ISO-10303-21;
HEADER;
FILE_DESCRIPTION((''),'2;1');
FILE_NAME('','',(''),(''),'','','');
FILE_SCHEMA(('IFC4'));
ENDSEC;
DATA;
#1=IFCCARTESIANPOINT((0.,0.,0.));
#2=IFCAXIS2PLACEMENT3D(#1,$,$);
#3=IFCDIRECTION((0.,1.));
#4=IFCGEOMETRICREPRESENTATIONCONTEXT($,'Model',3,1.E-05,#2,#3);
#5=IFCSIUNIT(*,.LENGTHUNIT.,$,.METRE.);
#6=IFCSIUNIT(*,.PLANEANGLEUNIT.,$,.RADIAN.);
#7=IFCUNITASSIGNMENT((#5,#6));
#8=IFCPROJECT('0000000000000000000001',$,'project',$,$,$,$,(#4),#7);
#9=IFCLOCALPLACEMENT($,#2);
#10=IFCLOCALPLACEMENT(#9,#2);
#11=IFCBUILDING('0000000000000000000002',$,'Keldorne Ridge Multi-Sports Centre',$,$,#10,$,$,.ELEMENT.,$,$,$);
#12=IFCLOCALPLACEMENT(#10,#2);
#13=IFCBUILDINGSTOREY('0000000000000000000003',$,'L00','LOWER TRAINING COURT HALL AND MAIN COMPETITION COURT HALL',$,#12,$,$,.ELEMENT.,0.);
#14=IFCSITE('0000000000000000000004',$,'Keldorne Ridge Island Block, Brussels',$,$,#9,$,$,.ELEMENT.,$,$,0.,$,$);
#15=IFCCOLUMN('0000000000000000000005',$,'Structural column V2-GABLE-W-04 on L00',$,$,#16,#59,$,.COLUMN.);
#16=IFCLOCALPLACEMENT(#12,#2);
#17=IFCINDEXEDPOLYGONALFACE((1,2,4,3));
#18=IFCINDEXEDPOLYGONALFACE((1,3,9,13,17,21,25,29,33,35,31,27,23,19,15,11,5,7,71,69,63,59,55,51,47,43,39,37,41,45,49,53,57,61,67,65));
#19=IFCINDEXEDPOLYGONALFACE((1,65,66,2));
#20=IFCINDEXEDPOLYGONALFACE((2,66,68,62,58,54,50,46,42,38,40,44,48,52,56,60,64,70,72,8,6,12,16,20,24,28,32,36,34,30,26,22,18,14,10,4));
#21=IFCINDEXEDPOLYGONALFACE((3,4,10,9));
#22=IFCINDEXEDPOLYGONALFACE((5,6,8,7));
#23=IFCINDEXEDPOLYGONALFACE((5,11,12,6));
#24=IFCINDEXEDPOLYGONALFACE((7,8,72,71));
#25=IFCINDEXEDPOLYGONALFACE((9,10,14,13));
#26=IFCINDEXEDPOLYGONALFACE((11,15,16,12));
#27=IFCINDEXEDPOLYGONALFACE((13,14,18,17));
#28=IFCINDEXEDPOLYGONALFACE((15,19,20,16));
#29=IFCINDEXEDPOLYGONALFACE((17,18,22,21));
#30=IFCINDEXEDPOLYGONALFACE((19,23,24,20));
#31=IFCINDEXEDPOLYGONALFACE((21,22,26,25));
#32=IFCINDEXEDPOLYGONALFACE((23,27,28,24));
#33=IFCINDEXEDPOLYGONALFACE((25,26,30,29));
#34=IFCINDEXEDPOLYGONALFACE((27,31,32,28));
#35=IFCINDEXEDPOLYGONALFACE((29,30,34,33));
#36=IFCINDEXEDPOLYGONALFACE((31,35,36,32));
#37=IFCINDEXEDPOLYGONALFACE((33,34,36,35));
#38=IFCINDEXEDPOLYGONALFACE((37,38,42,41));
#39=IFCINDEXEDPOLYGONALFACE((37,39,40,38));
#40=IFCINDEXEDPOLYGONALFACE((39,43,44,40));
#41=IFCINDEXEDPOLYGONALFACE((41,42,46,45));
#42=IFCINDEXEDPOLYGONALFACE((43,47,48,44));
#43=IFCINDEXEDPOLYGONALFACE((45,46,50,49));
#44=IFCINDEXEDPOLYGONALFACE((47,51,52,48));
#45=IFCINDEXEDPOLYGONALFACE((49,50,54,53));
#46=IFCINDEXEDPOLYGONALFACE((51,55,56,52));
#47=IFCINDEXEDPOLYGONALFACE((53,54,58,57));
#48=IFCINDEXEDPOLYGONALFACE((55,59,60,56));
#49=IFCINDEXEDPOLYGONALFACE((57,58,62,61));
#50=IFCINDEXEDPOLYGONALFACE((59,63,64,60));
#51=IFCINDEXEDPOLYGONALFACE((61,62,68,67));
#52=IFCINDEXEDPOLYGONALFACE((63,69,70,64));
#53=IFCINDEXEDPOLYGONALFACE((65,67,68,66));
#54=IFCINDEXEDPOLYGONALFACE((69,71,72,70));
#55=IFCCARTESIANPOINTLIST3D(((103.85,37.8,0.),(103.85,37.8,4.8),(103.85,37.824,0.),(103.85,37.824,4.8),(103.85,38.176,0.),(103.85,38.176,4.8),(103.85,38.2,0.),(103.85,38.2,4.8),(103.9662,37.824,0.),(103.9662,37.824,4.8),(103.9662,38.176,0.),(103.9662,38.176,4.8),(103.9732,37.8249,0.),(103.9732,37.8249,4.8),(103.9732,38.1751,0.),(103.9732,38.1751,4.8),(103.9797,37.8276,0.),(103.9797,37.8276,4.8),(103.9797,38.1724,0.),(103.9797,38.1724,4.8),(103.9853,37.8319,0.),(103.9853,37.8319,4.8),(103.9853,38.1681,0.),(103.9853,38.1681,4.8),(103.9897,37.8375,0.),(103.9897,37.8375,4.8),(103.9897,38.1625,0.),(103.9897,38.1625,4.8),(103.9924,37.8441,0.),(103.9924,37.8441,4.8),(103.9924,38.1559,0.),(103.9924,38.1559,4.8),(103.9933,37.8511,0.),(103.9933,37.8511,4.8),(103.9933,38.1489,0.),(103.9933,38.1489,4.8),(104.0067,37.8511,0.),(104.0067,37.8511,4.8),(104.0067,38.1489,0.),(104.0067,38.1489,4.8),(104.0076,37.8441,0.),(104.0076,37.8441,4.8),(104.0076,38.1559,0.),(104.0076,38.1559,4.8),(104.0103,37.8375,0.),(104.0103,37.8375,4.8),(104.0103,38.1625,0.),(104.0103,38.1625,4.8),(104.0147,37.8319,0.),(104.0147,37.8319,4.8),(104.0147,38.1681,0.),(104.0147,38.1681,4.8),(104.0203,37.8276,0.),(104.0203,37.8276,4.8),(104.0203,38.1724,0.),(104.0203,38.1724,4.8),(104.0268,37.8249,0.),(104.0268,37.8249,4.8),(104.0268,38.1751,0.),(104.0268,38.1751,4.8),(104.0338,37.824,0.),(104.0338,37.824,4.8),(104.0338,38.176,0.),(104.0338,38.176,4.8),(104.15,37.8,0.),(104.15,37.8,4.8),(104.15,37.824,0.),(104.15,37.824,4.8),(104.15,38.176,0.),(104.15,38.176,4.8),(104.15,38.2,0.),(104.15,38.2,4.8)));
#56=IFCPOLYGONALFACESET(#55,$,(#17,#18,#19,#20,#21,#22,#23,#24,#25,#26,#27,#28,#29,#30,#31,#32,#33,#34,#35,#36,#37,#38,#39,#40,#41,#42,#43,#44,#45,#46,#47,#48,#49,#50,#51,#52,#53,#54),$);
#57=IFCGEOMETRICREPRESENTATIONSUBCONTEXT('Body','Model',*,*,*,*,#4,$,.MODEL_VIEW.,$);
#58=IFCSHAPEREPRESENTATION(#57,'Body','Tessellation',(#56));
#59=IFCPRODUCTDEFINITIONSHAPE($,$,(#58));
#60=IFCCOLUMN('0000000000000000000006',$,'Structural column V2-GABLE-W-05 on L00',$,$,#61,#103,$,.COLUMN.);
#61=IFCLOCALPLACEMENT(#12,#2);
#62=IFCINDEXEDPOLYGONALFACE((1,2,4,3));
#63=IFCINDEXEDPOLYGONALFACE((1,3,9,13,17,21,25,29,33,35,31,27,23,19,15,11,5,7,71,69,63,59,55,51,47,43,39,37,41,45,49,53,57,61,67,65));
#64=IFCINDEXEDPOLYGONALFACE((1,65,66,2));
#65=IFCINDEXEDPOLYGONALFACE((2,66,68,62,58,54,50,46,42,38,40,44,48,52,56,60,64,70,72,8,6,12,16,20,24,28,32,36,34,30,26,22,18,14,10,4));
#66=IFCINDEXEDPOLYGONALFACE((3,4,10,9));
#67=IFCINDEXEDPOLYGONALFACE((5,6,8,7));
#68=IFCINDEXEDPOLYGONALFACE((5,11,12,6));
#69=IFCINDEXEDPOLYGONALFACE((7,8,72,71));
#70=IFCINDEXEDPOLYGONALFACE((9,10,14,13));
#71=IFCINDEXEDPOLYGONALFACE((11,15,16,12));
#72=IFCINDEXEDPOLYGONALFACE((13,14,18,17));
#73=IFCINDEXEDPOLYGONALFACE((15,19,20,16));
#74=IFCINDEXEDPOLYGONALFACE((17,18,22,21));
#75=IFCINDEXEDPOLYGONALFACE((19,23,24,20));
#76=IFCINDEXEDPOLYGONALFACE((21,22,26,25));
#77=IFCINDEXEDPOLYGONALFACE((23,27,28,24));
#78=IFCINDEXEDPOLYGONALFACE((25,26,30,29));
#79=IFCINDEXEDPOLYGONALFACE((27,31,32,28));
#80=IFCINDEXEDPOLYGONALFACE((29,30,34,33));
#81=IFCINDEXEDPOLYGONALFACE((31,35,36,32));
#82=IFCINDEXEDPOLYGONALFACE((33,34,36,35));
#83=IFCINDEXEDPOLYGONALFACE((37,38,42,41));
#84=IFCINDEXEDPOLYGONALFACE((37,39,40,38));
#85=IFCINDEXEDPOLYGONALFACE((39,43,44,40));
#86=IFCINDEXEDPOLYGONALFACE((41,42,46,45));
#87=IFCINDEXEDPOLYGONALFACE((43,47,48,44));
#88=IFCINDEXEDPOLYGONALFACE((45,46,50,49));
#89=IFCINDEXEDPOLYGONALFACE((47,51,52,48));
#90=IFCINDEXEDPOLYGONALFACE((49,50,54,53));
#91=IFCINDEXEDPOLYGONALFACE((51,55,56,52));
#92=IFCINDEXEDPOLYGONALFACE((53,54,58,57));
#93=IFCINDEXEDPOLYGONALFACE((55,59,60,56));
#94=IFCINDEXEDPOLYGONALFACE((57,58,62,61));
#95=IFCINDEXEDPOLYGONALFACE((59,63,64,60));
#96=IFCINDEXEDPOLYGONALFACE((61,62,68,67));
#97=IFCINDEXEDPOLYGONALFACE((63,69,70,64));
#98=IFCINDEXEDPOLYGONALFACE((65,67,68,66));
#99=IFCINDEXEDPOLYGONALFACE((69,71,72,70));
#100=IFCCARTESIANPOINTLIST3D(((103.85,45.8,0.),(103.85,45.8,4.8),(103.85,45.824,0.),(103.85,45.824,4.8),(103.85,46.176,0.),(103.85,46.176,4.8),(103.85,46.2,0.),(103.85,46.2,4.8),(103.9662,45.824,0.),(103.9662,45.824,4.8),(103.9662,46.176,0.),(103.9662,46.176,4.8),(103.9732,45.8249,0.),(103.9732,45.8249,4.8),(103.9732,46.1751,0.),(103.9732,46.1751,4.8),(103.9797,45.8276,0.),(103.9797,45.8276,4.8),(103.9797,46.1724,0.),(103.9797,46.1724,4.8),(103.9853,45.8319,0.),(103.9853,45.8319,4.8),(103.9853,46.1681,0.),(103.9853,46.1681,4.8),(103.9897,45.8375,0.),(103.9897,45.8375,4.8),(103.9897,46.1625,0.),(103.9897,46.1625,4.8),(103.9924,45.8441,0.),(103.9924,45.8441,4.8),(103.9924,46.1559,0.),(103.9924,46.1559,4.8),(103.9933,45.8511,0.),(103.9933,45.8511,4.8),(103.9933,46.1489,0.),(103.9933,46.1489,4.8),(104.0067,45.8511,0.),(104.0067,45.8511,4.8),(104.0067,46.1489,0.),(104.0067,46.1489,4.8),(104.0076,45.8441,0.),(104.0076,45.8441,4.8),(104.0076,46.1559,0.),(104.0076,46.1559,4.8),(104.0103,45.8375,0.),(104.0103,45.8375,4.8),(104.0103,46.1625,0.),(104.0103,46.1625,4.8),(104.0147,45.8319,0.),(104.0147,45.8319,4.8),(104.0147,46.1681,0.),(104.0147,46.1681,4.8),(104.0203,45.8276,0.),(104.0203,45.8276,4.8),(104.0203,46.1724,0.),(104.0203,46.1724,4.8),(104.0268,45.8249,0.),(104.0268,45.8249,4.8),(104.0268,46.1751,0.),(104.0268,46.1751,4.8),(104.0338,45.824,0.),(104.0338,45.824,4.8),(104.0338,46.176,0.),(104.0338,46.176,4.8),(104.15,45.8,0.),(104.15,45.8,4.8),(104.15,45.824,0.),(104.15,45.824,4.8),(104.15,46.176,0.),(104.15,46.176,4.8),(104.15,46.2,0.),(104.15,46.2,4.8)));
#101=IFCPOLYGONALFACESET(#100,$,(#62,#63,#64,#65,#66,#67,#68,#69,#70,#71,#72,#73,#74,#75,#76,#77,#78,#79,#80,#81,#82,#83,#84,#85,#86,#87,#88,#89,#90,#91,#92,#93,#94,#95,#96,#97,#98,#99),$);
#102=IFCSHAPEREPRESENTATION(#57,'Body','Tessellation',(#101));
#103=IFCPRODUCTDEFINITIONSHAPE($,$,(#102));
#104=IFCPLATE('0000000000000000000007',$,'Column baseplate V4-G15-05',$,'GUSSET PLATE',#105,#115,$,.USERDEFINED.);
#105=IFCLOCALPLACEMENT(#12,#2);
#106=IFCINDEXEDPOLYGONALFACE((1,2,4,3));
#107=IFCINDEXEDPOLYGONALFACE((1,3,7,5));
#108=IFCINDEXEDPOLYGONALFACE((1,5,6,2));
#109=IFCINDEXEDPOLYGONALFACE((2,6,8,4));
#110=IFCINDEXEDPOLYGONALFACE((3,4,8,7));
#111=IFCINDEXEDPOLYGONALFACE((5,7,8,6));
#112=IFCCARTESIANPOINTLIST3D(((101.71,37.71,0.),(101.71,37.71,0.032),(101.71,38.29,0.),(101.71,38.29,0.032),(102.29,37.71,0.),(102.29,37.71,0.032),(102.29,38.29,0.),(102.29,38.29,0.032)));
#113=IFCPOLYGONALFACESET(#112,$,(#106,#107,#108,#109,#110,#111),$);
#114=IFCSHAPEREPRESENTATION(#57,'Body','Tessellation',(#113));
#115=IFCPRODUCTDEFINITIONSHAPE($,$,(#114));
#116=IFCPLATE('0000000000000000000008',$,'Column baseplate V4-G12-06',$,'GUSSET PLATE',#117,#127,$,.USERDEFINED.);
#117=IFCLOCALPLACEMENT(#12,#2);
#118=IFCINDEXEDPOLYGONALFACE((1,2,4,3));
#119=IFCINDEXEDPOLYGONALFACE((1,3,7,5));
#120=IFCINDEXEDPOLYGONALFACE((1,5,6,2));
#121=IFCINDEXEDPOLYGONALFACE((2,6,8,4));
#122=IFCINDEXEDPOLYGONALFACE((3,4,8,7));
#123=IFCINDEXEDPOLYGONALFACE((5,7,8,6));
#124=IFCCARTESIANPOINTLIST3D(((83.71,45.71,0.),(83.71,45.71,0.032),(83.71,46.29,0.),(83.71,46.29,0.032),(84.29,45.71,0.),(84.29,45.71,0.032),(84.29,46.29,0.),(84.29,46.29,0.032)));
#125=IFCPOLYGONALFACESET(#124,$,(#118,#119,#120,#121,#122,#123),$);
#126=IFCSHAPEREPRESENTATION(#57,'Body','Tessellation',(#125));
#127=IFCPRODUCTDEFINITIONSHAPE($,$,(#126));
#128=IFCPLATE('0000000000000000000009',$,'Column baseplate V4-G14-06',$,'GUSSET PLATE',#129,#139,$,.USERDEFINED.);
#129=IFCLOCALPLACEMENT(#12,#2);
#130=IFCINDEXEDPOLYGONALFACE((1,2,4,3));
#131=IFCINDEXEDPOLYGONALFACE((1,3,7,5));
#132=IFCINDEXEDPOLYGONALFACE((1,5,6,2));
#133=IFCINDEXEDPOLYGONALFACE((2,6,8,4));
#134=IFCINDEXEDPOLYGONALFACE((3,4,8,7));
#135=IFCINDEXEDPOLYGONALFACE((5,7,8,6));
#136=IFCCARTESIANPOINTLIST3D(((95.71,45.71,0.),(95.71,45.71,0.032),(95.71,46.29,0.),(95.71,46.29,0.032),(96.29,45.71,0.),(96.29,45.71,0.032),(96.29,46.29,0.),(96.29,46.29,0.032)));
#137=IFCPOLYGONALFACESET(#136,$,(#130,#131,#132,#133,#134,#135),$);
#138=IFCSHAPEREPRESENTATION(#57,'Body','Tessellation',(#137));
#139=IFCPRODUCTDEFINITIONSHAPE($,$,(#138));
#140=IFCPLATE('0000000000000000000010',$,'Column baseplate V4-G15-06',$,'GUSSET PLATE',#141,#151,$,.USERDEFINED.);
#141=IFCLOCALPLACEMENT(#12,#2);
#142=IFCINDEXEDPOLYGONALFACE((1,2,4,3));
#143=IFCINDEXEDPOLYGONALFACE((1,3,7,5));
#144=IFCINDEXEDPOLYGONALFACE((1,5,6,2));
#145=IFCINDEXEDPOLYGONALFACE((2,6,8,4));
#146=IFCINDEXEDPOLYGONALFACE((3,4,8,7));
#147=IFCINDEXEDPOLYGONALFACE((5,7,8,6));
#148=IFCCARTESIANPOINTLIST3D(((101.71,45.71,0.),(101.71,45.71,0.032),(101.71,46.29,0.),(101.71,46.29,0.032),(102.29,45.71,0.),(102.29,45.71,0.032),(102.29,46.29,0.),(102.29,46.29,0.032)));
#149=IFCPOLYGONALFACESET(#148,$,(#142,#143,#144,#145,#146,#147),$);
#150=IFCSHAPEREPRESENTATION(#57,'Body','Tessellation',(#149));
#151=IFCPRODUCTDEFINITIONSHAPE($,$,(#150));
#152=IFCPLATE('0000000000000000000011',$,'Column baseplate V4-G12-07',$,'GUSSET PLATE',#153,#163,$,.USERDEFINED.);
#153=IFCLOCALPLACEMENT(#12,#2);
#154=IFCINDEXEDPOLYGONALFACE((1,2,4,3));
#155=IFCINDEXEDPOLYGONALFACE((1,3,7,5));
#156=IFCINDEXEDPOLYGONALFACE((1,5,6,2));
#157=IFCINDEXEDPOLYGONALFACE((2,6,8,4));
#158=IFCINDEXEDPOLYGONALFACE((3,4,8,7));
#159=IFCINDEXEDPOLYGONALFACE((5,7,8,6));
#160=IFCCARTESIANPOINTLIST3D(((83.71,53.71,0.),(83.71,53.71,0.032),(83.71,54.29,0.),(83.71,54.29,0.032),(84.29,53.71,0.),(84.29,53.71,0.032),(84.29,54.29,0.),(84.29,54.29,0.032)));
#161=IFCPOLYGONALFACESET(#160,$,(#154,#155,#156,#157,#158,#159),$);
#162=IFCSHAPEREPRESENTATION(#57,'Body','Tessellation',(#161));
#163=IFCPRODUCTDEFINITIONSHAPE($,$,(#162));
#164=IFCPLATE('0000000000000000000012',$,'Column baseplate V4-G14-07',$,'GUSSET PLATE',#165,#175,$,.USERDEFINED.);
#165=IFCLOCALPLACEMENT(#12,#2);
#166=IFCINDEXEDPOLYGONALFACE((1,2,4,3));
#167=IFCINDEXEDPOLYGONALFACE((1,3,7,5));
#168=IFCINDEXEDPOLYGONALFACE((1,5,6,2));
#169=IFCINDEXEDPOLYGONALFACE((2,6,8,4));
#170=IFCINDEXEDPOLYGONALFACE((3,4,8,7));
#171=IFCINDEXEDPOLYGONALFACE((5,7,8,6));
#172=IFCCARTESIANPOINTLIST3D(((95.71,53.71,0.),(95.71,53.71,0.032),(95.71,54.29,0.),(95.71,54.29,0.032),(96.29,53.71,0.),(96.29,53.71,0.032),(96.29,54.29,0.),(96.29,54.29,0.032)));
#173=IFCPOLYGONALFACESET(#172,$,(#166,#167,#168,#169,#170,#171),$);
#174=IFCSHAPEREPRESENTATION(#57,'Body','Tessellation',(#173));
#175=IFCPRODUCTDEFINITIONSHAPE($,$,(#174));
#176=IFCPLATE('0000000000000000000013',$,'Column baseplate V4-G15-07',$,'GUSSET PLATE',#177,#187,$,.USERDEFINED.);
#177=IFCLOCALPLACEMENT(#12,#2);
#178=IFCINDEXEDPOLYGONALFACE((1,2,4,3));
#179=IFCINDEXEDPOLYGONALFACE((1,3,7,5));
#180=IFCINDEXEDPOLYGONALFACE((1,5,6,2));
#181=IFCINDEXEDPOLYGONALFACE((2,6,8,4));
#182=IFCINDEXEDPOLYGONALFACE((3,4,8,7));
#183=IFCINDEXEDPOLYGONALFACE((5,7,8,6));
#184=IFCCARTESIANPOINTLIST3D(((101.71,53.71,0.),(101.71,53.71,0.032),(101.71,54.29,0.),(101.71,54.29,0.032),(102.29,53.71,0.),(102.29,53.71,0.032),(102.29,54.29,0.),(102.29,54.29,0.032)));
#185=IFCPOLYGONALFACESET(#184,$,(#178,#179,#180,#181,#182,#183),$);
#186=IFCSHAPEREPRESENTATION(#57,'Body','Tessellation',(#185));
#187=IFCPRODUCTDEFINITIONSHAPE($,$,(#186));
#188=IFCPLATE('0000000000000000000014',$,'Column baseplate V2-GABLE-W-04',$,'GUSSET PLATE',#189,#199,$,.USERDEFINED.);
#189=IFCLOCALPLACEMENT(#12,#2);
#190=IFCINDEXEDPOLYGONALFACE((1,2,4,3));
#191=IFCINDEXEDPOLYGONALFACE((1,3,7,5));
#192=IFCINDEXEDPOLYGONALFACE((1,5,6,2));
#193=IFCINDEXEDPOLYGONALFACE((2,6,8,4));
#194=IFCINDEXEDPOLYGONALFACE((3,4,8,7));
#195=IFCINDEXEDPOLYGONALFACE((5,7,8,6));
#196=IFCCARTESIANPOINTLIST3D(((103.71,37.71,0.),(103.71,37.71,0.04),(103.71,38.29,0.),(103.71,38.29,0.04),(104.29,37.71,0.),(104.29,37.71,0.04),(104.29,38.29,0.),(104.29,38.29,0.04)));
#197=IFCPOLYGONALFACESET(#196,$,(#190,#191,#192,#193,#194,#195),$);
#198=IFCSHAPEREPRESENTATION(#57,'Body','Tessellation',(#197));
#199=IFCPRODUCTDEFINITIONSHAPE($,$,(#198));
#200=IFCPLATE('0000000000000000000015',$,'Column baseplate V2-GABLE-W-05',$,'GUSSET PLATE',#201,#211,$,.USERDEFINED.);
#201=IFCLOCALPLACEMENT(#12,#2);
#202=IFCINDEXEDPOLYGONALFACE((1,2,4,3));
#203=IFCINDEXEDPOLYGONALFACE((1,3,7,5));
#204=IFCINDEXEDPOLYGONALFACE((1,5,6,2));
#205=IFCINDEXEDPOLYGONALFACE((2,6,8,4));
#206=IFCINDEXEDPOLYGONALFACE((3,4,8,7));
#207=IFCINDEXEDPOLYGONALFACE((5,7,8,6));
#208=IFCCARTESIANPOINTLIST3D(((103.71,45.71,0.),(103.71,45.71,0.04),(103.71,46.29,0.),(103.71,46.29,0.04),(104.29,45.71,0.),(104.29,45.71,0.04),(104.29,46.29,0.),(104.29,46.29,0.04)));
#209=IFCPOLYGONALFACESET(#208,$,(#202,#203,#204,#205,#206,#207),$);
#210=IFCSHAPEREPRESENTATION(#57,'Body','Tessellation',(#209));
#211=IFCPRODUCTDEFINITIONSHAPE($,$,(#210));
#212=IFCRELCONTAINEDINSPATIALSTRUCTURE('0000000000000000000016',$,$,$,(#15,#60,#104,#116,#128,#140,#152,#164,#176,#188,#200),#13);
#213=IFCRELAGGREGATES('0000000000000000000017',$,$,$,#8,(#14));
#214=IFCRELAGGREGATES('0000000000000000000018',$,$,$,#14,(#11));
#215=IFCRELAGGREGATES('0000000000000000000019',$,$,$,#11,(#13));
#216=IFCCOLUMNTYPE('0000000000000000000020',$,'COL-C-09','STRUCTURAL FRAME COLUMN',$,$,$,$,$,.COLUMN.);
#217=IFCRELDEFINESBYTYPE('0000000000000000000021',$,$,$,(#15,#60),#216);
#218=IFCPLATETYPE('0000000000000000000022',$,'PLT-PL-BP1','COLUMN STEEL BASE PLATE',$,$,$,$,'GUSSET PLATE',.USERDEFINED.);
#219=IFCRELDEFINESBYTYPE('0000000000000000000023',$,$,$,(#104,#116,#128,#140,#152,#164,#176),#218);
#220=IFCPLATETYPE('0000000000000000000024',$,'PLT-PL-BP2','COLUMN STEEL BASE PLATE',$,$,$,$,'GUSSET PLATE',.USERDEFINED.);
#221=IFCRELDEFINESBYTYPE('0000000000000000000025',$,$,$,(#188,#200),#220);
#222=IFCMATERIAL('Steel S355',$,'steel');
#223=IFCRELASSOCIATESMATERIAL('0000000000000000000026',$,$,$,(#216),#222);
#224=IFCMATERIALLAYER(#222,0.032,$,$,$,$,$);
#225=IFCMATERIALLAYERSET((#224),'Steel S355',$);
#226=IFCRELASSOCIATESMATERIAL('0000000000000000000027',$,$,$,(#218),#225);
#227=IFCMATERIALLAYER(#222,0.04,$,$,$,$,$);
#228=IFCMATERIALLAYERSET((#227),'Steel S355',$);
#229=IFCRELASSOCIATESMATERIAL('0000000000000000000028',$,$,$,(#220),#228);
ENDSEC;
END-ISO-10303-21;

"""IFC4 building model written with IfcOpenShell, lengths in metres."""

from ifc_helpers import new_model, si_unit, direction, frame, origin, origin_2d, place, context, subcontext, project, spatial, rectangle, i_section, extrude, material, layer, layer_set, material_profile, profile_set, type_object, element, save


model = new_model("IFC4")

# Units and contexts
model_context = context("Model", 3, precision=1e-05, world=origin(), true_north=direction((0.0, 1.0)))
body_context = subcontext(model_context, "Body", "Model", "MODEL_VIEW")
ifc_project = project(units=[si_unit("LENGTHUNIT", "METRE"), si_unit("PLANEANGLEUNIT", "RADIAN")], contexts=[model_context])

# Site, building, storey
site_placement = place(None, origin())
site = spatial("IfcSite", under=ifc_project, at=site_placement, Name="Keldorne Ridge Island Block, Brussels", CompositionType="ELEMENT", RefElevation=0.0)
building_placement = place(site_placement, origin())
building = spatial("IfcBuilding", under=site, at=building_placement, Name="Keldorne Ridge Multi-Sports Centre", CompositionType="ELEMENT")
storey_placement = place(building_placement, origin())
storey = spatial("IfcBuildingStorey", under=building, at=storey_placement, Name="L00", Description="LOWER TRAINING COURT HALL AND MAIN COMPETITION COURT HALL", CompositionType="ELEMENT", Elevation=0.0)

# Columns
ifc_material_1 = material(Name="Steel S355", Category="steel")
ifc_material_profile_1 = material_profile(ifc_material_1, i_section(OverallWidth=0.3, OverallDepth=0.3999, WebThickness=0.0134, FlangeThickness=0.0239, FilletRadius=0.0271, at=origin_2d()), Name="HEB 400")
ifc_profile_set_1 = profile_set([ifc_material_profile_1], Name="Steel S355")
column_type_1 = type_object("IfcColumnType", Name="COL-C-09", Description="STRUCTURAL FRAME COLUMN", PredefinedType="COLUMN", material=ifc_profile_set_1)
for number, where, z_axis, x_axis, name in (
    (1, (104.0, 38.0, 0.0), (0.0, 0.0, 1.0), (1.0, 0.0, 0.0), "Structural column V2-GABLE-W-04 on L00"),
    (2, (104.0, 46.0, 0.0), (0.0, 0.0, 1.0), (1.0, 0.0, 0.0), "Structural column V2-GABLE-W-05 on L00"),
):
    element("IfcColumn", number, at=place(storey_placement, frame(where, z_axis=z_axis, x_axis=x_axis)), inside=storey, type_object=column_type_1, Name=name, PredefinedType="COLUMN", context=body_context, shape_type="SweptSolid", body=[
        extrude(i_section(OverallWidth=0.3, OverallDepth=0.3999, WebThickness=0.0134, FlangeThickness=0.0239, FilletRadius=0.0271, at=origin_2d()), origin(), (0.0, 0.0, 1.0), 4.8),
    ])

# Plates
ifc_layer_1 = layer(ifc_material_1, 0.032)
ifc_layer_set_1 = layer_set([ifc_layer_1], Name="Steel S355")
plate_type_1 = type_object("IfcPlateType", Name="PLT-PL-BP1", Description="COLUMN STEEL BASE PLATE", ElementType="GUSSET PLATE", PredefinedType="USERDEFINED", material=ifc_layer_set_1)
for number, where, z_axis, x_axis, name in (
    (3, (102.0, 38.0, 0.0), (0.0, 0.0, 1.0), (1.0, 0.0, 0.0), "Column baseplate V4-G15-05"),
    (4, (84.0, 46.0, 0.0), (0.0, 0.0, 1.0), (1.0, 0.0, 0.0), "Column baseplate V4-G12-06"),
    (5, (96.0, 46.0, 0.0), (0.0, 0.0, 1.0), (1.0, 0.0, 0.0), "Column baseplate V4-G14-06"),
    (6, (102.0, 46.0, 0.0), (0.0, 0.0, 1.0), (1.0, 0.0, 0.0), "Column baseplate V4-G15-06"),
    (7, (84.0, 54.0, 0.0), (0.0, 0.0, 1.0), (1.0, 0.0, 0.0), "Column baseplate V4-G12-07"),
    (8, (96.0, 54.0, 0.0), (0.0, 0.0, 1.0), (1.0, 0.0, 0.0), "Column baseplate V4-G14-07"),
    (9, (102.0, 54.0, 0.0), (0.0, 0.0, 1.0), (1.0, 0.0, 0.0), "Column baseplate V4-G15-07"),
):
    element("IfcPlate", number, at=place(storey_placement, frame(where, z_axis=z_axis, x_axis=x_axis)), inside=storey, type_object=plate_type_1, Name=name, ObjectType="GUSSET PLATE", PredefinedType="USERDEFINED", context=body_context, shape_type="SweptSolid", body=[
        extrude(rectangle(XDim=0.5801, YDim=0.5801, at=origin_2d()), origin(), (0.0, 0.0, 1.0), 0.032),
    ])
ifc_layer_2 = layer(ifc_material_1, 0.04)
ifc_layer_set_2 = layer_set([ifc_layer_2], Name="Steel S355")
plate_type_2 = type_object("IfcPlateType", Name="PLT-PL-BP2", Description="COLUMN STEEL BASE PLATE", ElementType="GUSSET PLATE", PredefinedType="USERDEFINED", material=ifc_layer_set_2)
for number, where, z_axis, x_axis, name in (
    (10, (104.0, 38.0, 0.0), (0.0, 0.0, 1.0), (1.0, 0.0, 0.0), "Column baseplate V2-GABLE-W-04"),
    (11, (104.0, 46.0, 0.0), (0.0, 0.0, 1.0), (1.0, 0.0, 0.0), "Column baseplate V2-GABLE-W-05"),
):
    element("IfcPlate", number, at=place(storey_placement, frame(where, z_axis=z_axis, x_axis=x_axis)), inside=storey, type_object=plate_type_2, Name=name, ObjectType="GUSSET PLATE", PredefinedType="USERDEFINED", context=body_context, shape_type="SweptSolid", body=[
        extrude(rectangle(XDim=0.5801, YDim=0.5801, at=origin_2d()), origin(), (0.0, 0.0, 1.0), 0.04),
    ])

save(model, "model.ifc")
